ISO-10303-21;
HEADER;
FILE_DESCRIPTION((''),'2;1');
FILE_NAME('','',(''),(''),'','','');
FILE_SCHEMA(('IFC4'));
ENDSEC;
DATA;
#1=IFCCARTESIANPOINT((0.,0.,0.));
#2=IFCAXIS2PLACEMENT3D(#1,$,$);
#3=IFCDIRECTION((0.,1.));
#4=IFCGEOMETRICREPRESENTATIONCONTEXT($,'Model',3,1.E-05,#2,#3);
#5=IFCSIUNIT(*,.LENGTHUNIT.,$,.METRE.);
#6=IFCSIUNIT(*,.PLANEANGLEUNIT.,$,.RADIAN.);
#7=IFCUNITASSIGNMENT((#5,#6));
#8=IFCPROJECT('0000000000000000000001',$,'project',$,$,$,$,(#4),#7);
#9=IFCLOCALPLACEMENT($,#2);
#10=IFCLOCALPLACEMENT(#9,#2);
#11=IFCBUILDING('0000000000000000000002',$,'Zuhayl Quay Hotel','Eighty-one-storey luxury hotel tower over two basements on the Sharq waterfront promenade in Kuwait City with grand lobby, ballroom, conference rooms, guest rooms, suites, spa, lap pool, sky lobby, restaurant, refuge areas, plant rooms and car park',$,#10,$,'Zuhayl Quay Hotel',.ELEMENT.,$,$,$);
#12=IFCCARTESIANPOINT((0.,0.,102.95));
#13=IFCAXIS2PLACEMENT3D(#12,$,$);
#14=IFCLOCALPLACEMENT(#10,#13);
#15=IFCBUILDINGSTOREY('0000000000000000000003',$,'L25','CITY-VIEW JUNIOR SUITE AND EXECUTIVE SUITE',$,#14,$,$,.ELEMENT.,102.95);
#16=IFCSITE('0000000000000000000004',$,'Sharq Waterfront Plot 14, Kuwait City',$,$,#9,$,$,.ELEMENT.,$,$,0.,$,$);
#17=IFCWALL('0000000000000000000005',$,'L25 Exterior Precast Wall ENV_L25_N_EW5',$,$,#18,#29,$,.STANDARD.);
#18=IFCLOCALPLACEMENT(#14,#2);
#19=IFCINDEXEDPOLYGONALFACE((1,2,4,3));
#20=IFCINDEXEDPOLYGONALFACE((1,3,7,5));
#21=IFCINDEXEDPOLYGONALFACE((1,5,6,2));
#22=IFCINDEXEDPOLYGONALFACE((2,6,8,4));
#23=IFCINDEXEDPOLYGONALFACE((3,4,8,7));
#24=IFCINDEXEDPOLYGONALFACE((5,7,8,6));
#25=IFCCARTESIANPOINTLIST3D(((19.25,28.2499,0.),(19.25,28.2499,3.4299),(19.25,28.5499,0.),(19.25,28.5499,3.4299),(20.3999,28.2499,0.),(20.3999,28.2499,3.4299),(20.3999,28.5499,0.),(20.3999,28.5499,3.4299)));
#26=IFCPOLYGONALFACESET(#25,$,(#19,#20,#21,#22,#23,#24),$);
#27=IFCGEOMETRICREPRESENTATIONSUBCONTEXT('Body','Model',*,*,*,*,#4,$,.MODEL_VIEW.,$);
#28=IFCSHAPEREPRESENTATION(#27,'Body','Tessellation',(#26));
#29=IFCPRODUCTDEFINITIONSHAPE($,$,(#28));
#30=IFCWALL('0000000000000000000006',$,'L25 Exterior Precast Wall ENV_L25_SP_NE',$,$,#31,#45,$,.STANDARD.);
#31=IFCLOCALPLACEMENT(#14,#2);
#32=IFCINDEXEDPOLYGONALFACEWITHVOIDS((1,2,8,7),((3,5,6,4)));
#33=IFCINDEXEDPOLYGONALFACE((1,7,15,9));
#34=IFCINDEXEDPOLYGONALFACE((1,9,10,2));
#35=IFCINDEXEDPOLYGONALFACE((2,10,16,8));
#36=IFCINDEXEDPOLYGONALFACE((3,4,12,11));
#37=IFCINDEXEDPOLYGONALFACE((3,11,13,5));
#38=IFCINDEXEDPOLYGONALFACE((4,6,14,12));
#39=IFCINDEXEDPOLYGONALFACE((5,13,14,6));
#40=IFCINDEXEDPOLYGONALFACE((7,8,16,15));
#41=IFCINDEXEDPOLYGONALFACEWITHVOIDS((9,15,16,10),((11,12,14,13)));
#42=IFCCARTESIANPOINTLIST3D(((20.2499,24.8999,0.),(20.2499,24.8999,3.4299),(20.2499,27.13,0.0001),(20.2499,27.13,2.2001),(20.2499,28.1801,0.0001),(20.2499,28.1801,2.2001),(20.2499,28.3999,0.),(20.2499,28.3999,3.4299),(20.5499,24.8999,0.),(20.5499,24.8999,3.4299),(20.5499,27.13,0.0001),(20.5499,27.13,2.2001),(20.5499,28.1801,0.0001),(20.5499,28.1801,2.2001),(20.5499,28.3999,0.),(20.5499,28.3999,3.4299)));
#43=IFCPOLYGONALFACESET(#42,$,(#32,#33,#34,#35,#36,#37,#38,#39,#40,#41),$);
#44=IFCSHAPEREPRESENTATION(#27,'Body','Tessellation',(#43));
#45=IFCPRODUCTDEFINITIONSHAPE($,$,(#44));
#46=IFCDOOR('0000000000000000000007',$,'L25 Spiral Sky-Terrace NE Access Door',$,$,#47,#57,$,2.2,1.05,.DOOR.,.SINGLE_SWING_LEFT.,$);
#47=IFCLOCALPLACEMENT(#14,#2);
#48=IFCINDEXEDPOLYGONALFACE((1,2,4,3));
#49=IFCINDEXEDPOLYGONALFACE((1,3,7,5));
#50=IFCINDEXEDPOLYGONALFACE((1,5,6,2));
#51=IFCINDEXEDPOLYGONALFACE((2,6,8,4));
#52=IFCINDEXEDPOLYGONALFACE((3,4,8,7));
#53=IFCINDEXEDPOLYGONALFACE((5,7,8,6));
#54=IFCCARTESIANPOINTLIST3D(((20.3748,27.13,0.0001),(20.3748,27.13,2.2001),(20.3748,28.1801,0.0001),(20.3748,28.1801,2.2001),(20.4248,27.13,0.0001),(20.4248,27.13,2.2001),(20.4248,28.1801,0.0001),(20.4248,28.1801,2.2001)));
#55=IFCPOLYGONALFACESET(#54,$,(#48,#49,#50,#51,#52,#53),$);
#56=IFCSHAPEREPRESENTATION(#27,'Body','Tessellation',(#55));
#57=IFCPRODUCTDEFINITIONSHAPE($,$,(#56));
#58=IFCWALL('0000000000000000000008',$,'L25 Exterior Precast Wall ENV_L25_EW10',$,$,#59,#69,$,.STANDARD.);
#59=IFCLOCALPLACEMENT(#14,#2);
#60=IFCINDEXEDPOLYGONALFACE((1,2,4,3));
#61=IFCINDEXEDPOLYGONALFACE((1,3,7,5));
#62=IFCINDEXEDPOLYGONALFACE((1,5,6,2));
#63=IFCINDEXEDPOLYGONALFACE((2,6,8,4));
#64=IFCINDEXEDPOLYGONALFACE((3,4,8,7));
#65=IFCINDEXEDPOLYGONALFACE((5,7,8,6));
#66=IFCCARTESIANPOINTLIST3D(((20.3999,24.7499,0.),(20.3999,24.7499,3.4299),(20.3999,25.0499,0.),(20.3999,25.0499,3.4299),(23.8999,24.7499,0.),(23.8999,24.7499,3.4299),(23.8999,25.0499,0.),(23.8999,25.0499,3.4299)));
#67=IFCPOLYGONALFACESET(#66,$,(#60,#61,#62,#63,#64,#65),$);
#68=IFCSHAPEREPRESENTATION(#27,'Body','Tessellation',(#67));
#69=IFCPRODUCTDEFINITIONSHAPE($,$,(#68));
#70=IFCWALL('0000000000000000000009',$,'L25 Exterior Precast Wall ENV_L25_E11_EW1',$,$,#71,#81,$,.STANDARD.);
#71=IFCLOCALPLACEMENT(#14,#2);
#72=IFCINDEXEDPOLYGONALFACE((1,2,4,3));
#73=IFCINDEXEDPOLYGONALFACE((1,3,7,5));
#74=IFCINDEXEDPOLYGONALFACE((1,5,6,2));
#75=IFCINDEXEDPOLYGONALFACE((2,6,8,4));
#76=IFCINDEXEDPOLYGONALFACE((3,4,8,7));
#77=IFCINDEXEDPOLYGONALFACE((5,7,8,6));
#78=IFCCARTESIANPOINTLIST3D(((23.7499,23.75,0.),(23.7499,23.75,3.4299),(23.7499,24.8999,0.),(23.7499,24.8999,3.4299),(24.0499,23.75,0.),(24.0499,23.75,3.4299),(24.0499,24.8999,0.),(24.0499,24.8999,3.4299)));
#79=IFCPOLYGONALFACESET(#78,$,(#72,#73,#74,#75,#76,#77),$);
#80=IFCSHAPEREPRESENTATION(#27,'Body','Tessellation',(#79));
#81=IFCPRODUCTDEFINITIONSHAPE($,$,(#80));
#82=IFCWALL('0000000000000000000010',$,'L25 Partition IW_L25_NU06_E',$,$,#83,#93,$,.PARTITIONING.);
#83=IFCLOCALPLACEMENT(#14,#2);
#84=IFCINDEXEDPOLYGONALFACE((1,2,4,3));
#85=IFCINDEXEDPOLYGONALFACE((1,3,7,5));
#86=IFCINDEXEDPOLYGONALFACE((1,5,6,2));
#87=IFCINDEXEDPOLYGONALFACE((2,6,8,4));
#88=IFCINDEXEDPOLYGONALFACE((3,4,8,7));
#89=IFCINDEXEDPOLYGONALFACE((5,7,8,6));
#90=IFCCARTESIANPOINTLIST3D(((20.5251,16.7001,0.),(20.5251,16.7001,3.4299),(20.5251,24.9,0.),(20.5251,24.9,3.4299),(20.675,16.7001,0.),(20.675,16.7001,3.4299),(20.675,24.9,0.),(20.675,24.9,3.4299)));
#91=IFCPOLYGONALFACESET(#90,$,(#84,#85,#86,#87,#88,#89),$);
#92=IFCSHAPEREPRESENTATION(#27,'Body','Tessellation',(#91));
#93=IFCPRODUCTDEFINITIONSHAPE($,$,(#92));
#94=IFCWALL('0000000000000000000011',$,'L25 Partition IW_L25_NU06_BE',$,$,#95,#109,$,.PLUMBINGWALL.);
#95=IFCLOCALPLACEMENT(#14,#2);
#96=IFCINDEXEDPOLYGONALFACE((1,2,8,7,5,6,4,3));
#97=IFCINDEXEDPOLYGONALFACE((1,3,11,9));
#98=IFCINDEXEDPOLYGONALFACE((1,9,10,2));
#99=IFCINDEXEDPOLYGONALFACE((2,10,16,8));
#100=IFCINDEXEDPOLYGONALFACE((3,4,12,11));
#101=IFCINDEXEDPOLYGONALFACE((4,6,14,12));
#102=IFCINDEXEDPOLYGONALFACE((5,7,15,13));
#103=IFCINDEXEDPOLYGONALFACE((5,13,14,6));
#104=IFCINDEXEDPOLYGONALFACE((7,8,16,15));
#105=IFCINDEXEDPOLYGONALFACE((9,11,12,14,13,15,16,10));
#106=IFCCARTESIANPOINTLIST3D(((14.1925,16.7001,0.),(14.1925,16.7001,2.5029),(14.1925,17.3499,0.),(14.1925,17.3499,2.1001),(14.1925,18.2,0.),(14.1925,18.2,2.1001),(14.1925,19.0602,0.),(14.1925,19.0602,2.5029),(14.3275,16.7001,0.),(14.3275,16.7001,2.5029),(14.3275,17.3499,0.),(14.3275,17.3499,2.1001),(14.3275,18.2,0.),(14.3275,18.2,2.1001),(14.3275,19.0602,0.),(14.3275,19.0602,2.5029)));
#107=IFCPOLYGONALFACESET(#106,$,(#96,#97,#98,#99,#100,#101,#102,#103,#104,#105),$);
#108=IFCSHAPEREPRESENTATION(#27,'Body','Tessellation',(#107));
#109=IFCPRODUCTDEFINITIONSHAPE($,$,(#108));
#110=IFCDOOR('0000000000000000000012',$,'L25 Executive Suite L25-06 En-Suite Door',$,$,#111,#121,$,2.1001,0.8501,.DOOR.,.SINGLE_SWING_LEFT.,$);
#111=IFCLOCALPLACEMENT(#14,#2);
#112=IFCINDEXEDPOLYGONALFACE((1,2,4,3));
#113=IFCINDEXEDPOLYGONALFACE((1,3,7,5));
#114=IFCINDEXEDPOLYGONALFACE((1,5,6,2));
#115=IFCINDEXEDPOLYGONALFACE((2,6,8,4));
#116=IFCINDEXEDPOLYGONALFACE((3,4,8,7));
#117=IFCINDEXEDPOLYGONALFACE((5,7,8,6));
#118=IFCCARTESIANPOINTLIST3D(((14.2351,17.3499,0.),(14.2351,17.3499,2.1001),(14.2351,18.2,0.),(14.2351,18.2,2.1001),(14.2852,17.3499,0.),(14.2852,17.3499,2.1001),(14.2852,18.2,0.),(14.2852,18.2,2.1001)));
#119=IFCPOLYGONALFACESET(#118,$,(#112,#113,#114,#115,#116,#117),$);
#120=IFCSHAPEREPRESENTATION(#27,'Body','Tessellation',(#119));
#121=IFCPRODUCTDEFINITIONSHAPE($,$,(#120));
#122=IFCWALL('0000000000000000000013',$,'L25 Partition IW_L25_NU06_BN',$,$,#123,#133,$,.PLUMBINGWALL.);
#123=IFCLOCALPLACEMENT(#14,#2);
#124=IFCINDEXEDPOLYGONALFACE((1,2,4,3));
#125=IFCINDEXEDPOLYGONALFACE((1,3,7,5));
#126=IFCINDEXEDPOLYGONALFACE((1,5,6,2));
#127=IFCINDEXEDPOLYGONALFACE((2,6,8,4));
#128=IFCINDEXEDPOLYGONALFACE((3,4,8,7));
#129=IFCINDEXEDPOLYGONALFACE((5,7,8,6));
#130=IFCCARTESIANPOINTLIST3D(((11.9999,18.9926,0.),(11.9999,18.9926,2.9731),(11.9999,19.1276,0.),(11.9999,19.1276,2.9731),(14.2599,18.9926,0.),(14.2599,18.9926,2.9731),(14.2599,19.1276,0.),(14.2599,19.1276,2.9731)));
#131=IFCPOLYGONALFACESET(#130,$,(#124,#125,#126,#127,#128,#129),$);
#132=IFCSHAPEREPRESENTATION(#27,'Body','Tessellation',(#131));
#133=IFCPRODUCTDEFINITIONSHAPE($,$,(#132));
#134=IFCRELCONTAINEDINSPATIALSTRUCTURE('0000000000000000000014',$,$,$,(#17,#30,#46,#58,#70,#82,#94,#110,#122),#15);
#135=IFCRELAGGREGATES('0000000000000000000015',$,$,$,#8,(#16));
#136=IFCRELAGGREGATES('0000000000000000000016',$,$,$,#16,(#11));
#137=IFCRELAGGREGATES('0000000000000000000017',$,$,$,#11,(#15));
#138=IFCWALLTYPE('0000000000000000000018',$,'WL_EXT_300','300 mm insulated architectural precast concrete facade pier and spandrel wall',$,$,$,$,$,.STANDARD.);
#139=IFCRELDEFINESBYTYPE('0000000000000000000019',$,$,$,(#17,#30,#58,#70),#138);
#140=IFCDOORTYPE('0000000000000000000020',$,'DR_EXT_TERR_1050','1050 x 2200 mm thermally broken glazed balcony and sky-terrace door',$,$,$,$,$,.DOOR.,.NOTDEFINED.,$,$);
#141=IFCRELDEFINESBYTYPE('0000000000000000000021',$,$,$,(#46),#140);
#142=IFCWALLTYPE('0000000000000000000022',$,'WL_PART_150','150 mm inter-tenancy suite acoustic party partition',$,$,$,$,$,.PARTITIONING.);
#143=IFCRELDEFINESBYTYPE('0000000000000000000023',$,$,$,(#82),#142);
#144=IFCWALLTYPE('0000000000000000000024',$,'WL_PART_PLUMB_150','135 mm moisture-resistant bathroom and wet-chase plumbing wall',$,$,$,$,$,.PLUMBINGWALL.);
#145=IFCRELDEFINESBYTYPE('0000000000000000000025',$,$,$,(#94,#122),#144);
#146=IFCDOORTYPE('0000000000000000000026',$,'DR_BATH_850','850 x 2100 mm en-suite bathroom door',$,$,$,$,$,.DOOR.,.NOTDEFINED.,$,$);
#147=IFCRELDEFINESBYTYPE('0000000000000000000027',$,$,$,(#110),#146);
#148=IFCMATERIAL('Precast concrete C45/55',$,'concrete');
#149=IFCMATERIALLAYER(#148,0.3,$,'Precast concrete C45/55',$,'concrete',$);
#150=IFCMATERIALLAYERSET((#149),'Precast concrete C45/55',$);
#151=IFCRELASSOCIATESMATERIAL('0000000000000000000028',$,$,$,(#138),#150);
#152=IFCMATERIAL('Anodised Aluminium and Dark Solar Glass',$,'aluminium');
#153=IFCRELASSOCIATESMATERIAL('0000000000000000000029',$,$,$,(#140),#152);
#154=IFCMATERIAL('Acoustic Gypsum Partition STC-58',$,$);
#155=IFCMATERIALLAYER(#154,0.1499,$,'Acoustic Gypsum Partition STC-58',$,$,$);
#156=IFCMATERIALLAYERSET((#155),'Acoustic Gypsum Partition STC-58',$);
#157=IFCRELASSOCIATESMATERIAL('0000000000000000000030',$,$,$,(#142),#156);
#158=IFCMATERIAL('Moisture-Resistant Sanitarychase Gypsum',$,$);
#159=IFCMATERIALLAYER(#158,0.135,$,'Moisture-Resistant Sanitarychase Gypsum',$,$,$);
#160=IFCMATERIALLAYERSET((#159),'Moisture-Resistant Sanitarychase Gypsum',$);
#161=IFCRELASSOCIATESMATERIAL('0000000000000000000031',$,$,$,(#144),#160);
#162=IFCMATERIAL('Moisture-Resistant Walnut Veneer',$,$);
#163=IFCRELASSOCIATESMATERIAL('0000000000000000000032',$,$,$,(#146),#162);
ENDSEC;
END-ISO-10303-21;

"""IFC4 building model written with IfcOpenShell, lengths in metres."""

from ifc_helpers import new_model, si_unit, direction, frame, frame_2d, origin, place, context, subcontext, project, spatial, rectangle, extrude, material, layer, layer_set, type_object, element, fill, save


model = new_model("IFC4")

# Units and contexts
model_context = context("Model", 3, precision=1e-05, world=origin(), true_north=direction((0.0, 1.0)))
body_context = subcontext(model_context, "Body", "Model", "MODEL_VIEW")
ifc_project = project(units=[si_unit("LENGTHUNIT", "METRE"), si_unit("PLANEANGLEUNIT", "RADIAN")], contexts=[model_context])

# Site, building, storey
site_placement = place(None, origin())
site = spatial("IfcSite", under=ifc_project, at=site_placement, Name="Sharq Waterfront Plot 14, Kuwait City", CompositionType="ELEMENT", RefElevation=0.0)
building_placement = place(site_placement, origin())
building = spatial("IfcBuilding", under=site, at=building_placement, Name="Zuhayl Quay Hotel", Description="Eighty-one-storey luxury hotel tower over two basements on the Sharq waterfront promenade in Kuwait City with grand lobby, ballroom, conference rooms, guest rooms, suites, spa, lap pool, sky lobby, restaurant, refuge areas, plant rooms and car park", LongName="Zuhayl Quay Hotel", CompositionType="ELEMENT")
storey_placement = place(building_placement, frame((0.0, 0.0, 102.95)))
storey = spatial("IfcBuildingStorey", under=building, at=storey_placement, Name="L25", Description="CITY-VIEW JUNIOR SUITE AND EXECUTIVE SUITE", CompositionType="ELEMENT", Elevation=102.95)

# Wall
ifc_material_1 = material(Name="Precast concrete C45/55", Category="concrete")
ifc_layer_1 = layer(ifc_material_1, 0.3, Name="Precast concrete C45/55", Category="concrete")
ifc_layer_set_1 = layer_set([ifc_layer_1], Name="Precast concrete C45/55")
wall_type_1 = type_object("IfcWallType", Name="WL_EXT_300", Description="300 mm insulated architectural precast concrete facade pier and spandrel wall", PredefinedType="STANDARD", material=ifc_layer_set_1)
wall_1_placement = place(storey_placement, frame((19.25, 28.3999, 0.0), z_axis=(0.0, 0.0, 1.0), x_axis=(1.0, 0.0, 0.0)))
element("IfcWall", 1, at=wall_1_placement, inside=storey, type_object=wall_type_1, Name="L25 Exterior Precast Wall ENV_L25_N_EW5", PredefinedType="STANDARD", context=body_context, shape_type="SweptSolid", body=[
    extrude(rectangle(XDim=1.1499, YDim=0.3, at=frame_2d((0.575, 0.0))), origin(), (0.0, 0.0, 1.0), 3.4299),
])

# Wall, opening, door
wall_2_placement = place(storey_placement, frame((20.3999, 28.3999, 0.0), z_axis=(0.0, 0.0, 1.0), x_axis=(0.0, -1.0, 0.0)))
wall_2 = element("IfcWall", 2, at=wall_2_placement, inside=storey, type_object=wall_type_1, Name="L25 Exterior Precast Wall ENV_L25_SP_NE", PredefinedType="STANDARD", context=body_context, shape_type="SweptSolid", body=[
    extrude(rectangle(XDim=3.5, YDim=0.3, at=frame_2d((1.75, 0.0))), origin(), (0.0, 0.0, 1.0), 3.4299),
])
opening_1_placement = place(wall_2_placement, frame((0.22, 0.0, 0.0)))
opening_1 = element("IfcOpeningElement", 3, at=opening_1_placement, cuts=wall_2, PredefinedType="OPENING", context=body_context, shape_type="SweptSolid", body=[
    extrude(rectangle(XDim=1.05, YDim=2.2, at=frame_2d((0.5249, 1.1001))), frame((0.0, 0.1599, 0.0), z_axis=(0.0, -1.0, 0.0), x_axis=(1.0, 0.0, 0.0)), (0.0, 0.0, 1.0), 0.3201),
])
ifc_material_2 = material(Name="Anodised Aluminium and Dark Solar Glass", Category="aluminium")
door_type_1 = type_object("IfcDoorType", Name="DR_EXT_TERR_1050", Description="1050 x 2200 mm thermally broken glazed balcony and sky-terrace door", OperationType="NOTDEFINED", PredefinedType="DOOR", material=ifc_material_2)
door_1_placement = place(opening_1_placement, origin())
door_1 = element("IfcDoor", 4, at=door_1_placement, inside=storey, type_object=door_type_1, Name="L25 Spiral Sky-Terrace NE Access Door", OperationType="SINGLE_SWING_LEFT", OverallHeight=2.2, OverallWidth=1.05, PredefinedType="DOOR", context=body_context, shape_type="SweptSolid", body=[
    extrude(rectangle(XDim=1.05, YDim=2.2, at=frame_2d((0.5249, 1.1001))), frame((0.0, 0.0249, 0.0), z_axis=(0.0, -1.0, 0.0), x_axis=(1.0, 0.0, 0.0)), (0.0, 0.0, 1.0), 0.05),
])
fill(opening_1, door_1)

# Walls
wall_3_placement = place(storey_placement, frame((20.3999, 24.8999, 0.0), z_axis=(0.0, 0.0, 1.0), x_axis=(1.0, 0.0, 0.0)))
element("IfcWall", 5, at=wall_3_placement, inside=storey, type_object=wall_type_1, Name="L25 Exterior Precast Wall ENV_L25_EW10", PredefinedType="STANDARD", context=body_context, shape_type="SweptSolid", body=[
    extrude(rectangle(XDim=3.5, YDim=0.3, at=frame_2d((1.75, 0.0))), origin(), (0.0, 0.0, 1.0), 3.4299),
])
wall_4_placement = place(storey_placement, frame((23.8999, 24.8999, 0.0), z_axis=(0.0, 0.0, 1.0), x_axis=(0.0, -1.0, 0.0)))
element("IfcWall", 6, at=wall_4_placement, inside=storey, type_object=wall_type_1, Name="L25 Exterior Precast Wall ENV_L25_E11_EW1", PredefinedType="STANDARD", context=body_context, shape_type="SweptSolid", body=[
    extrude(rectangle(XDim=1.1499, YDim=0.3, at=frame_2d((0.575, 0.0))), origin(), (0.0, 0.0, 1.0), 3.4299),
])
ifc_material_3 = material(Name="Acoustic Gypsum Partition STC-58")
ifc_layer_2 = layer(ifc_material_3, 0.1499, Name="Acoustic Gypsum Partition STC-58")
ifc_layer_set_2 = layer_set([ifc_layer_2], Name="Acoustic Gypsum Partition STC-58")
wall_type_2 = type_object("IfcWallType", Name="WL_PART_150", Description="150 mm inter-tenancy suite acoustic party partition", PredefinedType="PARTITIONING", material=ifc_layer_set_2)
wall_5_placement = place(storey_placement, frame((20.6001, 16.7, 0.0), z_axis=(0.0, 0.0, 1.0), x_axis=(0.0, 1.0, 0.0)))
element("IfcWall", 7, at=wall_5_placement, inside=storey, type_object=wall_type_2, Name="L25 Partition IW_L25_NU06_E", PredefinedType="PARTITIONING", context=body_context, shape_type="SweptSolid", body=[
    extrude(rectangle(XDim=8.2, YDim=0.1499, at=frame_2d((4.1001, 0.0))), origin(), (0.0, 0.0, 1.0), 3.4299),
])

# Wall, opening, door
ifc_material_4 = material(Name="Moisture-Resistant Sanitarychase Gypsum")
ifc_layer_3 = layer(ifc_material_4, 0.135, Name="Moisture-Resistant Sanitarychase Gypsum")
ifc_layer_set_3 = layer_set([ifc_layer_3], Name="Moisture-Resistant Sanitarychase Gypsum")
wall_type_3 = type_object("IfcWallType", Name="WL_PART_PLUMB_150", Description="135 mm moisture-resistant bathroom and wet-chase plumbing wall", PredefinedType="PLUMBINGWALL", material=ifc_layer_set_3)
wall_6_placement = place(storey_placement, frame((14.26, 16.7, 0.0), z_axis=(0.0, 0.0, 1.0), x_axis=(0.0, 1.0, 0.0)))
wall_6 = element("IfcWall", 8, at=wall_6_placement, inside=storey, type_object=wall_type_3, Name="L25 Partition IW_L25_NU06_BE", PredefinedType="PLUMBINGWALL", context=body_context, shape_type="SweptSolid", body=[
    extrude(rectangle(XDim=2.3601, YDim=0.135, at=frame_2d((1.1802, 0.0))), origin(), (0.0, 0.0, 1.0), 2.5029),
])
opening_2_placement = place(wall_6_placement, frame((0.6499, 0.0, 0.0)))
opening_2 = element("IfcOpeningElement", 9, at=opening_2_placement, cuts=wall_6, PredefinedType="OPENING", context=body_context, shape_type="SweptSolid", body=[
    extrude(rectangle(XDim=0.8501, YDim=2.1001, at=frame_2d((0.425, 1.05))), frame((0.0, 0.0774, 0.0), z_axis=(0.0, -1.0, 0.0), x_axis=(1.0, 0.0, 0.0)), (0.0, 0.0, 1.0), 0.155),
])
ifc_material_5 = material(Name="Moisture-Resistant Walnut Veneer")
door_type_2 = type_object("IfcDoorType", Name="DR_BATH_850", Description="850 x 2100 mm en-suite bathroom door", OperationType="NOTDEFINED", PredefinedType="DOOR", material=ifc_material_5)
door_2_placement = place(opening_2_placement, origin())
door_2 = element("IfcDoor", 10, at=door_2_placement, inside=storey, type_object=door_type_2, Name="L25 Executive Suite L25-06 En-Suite Door", OperationType="SINGLE_SWING_LEFT", OverallHeight=2.1001, OverallWidth=0.8501, PredefinedType="DOOR", context=body_context, shape_type="SweptSolid", body=[
    extrude(rectangle(XDim=0.8501, YDim=2.1001, at=frame_2d((0.425, 1.05))), frame((0.0, 0.0249, 0.0), z_axis=(0.0, -1.0, 0.0), x_axis=(1.0, 0.0, 0.0)), (0.0, 0.0, 1.0), 0.05),
])
fill(opening_2, door_2)

# Wall
wall_7_placement = place(storey_placement, frame((12.0, 19.0601, 0.0), z_axis=(0.0, 0.0, 1.0), x_axis=(1.0, 0.0, 0.0)))
element("IfcWall", 11, at=wall_7_placement, inside=storey, type_object=wall_type_3, Name="L25 Partition IW_L25_NU06_BN", PredefinedType="PLUMBINGWALL", context=body_context, shape_type="SweptSolid", body=[
    extrude(rectangle(XDim=2.26, YDim=0.135, at=frame_2d((1.1299, 0.0))), origin(), (0.0, 0.0, 1.0), 2.9731),
])

save(model, "model.ifc")
